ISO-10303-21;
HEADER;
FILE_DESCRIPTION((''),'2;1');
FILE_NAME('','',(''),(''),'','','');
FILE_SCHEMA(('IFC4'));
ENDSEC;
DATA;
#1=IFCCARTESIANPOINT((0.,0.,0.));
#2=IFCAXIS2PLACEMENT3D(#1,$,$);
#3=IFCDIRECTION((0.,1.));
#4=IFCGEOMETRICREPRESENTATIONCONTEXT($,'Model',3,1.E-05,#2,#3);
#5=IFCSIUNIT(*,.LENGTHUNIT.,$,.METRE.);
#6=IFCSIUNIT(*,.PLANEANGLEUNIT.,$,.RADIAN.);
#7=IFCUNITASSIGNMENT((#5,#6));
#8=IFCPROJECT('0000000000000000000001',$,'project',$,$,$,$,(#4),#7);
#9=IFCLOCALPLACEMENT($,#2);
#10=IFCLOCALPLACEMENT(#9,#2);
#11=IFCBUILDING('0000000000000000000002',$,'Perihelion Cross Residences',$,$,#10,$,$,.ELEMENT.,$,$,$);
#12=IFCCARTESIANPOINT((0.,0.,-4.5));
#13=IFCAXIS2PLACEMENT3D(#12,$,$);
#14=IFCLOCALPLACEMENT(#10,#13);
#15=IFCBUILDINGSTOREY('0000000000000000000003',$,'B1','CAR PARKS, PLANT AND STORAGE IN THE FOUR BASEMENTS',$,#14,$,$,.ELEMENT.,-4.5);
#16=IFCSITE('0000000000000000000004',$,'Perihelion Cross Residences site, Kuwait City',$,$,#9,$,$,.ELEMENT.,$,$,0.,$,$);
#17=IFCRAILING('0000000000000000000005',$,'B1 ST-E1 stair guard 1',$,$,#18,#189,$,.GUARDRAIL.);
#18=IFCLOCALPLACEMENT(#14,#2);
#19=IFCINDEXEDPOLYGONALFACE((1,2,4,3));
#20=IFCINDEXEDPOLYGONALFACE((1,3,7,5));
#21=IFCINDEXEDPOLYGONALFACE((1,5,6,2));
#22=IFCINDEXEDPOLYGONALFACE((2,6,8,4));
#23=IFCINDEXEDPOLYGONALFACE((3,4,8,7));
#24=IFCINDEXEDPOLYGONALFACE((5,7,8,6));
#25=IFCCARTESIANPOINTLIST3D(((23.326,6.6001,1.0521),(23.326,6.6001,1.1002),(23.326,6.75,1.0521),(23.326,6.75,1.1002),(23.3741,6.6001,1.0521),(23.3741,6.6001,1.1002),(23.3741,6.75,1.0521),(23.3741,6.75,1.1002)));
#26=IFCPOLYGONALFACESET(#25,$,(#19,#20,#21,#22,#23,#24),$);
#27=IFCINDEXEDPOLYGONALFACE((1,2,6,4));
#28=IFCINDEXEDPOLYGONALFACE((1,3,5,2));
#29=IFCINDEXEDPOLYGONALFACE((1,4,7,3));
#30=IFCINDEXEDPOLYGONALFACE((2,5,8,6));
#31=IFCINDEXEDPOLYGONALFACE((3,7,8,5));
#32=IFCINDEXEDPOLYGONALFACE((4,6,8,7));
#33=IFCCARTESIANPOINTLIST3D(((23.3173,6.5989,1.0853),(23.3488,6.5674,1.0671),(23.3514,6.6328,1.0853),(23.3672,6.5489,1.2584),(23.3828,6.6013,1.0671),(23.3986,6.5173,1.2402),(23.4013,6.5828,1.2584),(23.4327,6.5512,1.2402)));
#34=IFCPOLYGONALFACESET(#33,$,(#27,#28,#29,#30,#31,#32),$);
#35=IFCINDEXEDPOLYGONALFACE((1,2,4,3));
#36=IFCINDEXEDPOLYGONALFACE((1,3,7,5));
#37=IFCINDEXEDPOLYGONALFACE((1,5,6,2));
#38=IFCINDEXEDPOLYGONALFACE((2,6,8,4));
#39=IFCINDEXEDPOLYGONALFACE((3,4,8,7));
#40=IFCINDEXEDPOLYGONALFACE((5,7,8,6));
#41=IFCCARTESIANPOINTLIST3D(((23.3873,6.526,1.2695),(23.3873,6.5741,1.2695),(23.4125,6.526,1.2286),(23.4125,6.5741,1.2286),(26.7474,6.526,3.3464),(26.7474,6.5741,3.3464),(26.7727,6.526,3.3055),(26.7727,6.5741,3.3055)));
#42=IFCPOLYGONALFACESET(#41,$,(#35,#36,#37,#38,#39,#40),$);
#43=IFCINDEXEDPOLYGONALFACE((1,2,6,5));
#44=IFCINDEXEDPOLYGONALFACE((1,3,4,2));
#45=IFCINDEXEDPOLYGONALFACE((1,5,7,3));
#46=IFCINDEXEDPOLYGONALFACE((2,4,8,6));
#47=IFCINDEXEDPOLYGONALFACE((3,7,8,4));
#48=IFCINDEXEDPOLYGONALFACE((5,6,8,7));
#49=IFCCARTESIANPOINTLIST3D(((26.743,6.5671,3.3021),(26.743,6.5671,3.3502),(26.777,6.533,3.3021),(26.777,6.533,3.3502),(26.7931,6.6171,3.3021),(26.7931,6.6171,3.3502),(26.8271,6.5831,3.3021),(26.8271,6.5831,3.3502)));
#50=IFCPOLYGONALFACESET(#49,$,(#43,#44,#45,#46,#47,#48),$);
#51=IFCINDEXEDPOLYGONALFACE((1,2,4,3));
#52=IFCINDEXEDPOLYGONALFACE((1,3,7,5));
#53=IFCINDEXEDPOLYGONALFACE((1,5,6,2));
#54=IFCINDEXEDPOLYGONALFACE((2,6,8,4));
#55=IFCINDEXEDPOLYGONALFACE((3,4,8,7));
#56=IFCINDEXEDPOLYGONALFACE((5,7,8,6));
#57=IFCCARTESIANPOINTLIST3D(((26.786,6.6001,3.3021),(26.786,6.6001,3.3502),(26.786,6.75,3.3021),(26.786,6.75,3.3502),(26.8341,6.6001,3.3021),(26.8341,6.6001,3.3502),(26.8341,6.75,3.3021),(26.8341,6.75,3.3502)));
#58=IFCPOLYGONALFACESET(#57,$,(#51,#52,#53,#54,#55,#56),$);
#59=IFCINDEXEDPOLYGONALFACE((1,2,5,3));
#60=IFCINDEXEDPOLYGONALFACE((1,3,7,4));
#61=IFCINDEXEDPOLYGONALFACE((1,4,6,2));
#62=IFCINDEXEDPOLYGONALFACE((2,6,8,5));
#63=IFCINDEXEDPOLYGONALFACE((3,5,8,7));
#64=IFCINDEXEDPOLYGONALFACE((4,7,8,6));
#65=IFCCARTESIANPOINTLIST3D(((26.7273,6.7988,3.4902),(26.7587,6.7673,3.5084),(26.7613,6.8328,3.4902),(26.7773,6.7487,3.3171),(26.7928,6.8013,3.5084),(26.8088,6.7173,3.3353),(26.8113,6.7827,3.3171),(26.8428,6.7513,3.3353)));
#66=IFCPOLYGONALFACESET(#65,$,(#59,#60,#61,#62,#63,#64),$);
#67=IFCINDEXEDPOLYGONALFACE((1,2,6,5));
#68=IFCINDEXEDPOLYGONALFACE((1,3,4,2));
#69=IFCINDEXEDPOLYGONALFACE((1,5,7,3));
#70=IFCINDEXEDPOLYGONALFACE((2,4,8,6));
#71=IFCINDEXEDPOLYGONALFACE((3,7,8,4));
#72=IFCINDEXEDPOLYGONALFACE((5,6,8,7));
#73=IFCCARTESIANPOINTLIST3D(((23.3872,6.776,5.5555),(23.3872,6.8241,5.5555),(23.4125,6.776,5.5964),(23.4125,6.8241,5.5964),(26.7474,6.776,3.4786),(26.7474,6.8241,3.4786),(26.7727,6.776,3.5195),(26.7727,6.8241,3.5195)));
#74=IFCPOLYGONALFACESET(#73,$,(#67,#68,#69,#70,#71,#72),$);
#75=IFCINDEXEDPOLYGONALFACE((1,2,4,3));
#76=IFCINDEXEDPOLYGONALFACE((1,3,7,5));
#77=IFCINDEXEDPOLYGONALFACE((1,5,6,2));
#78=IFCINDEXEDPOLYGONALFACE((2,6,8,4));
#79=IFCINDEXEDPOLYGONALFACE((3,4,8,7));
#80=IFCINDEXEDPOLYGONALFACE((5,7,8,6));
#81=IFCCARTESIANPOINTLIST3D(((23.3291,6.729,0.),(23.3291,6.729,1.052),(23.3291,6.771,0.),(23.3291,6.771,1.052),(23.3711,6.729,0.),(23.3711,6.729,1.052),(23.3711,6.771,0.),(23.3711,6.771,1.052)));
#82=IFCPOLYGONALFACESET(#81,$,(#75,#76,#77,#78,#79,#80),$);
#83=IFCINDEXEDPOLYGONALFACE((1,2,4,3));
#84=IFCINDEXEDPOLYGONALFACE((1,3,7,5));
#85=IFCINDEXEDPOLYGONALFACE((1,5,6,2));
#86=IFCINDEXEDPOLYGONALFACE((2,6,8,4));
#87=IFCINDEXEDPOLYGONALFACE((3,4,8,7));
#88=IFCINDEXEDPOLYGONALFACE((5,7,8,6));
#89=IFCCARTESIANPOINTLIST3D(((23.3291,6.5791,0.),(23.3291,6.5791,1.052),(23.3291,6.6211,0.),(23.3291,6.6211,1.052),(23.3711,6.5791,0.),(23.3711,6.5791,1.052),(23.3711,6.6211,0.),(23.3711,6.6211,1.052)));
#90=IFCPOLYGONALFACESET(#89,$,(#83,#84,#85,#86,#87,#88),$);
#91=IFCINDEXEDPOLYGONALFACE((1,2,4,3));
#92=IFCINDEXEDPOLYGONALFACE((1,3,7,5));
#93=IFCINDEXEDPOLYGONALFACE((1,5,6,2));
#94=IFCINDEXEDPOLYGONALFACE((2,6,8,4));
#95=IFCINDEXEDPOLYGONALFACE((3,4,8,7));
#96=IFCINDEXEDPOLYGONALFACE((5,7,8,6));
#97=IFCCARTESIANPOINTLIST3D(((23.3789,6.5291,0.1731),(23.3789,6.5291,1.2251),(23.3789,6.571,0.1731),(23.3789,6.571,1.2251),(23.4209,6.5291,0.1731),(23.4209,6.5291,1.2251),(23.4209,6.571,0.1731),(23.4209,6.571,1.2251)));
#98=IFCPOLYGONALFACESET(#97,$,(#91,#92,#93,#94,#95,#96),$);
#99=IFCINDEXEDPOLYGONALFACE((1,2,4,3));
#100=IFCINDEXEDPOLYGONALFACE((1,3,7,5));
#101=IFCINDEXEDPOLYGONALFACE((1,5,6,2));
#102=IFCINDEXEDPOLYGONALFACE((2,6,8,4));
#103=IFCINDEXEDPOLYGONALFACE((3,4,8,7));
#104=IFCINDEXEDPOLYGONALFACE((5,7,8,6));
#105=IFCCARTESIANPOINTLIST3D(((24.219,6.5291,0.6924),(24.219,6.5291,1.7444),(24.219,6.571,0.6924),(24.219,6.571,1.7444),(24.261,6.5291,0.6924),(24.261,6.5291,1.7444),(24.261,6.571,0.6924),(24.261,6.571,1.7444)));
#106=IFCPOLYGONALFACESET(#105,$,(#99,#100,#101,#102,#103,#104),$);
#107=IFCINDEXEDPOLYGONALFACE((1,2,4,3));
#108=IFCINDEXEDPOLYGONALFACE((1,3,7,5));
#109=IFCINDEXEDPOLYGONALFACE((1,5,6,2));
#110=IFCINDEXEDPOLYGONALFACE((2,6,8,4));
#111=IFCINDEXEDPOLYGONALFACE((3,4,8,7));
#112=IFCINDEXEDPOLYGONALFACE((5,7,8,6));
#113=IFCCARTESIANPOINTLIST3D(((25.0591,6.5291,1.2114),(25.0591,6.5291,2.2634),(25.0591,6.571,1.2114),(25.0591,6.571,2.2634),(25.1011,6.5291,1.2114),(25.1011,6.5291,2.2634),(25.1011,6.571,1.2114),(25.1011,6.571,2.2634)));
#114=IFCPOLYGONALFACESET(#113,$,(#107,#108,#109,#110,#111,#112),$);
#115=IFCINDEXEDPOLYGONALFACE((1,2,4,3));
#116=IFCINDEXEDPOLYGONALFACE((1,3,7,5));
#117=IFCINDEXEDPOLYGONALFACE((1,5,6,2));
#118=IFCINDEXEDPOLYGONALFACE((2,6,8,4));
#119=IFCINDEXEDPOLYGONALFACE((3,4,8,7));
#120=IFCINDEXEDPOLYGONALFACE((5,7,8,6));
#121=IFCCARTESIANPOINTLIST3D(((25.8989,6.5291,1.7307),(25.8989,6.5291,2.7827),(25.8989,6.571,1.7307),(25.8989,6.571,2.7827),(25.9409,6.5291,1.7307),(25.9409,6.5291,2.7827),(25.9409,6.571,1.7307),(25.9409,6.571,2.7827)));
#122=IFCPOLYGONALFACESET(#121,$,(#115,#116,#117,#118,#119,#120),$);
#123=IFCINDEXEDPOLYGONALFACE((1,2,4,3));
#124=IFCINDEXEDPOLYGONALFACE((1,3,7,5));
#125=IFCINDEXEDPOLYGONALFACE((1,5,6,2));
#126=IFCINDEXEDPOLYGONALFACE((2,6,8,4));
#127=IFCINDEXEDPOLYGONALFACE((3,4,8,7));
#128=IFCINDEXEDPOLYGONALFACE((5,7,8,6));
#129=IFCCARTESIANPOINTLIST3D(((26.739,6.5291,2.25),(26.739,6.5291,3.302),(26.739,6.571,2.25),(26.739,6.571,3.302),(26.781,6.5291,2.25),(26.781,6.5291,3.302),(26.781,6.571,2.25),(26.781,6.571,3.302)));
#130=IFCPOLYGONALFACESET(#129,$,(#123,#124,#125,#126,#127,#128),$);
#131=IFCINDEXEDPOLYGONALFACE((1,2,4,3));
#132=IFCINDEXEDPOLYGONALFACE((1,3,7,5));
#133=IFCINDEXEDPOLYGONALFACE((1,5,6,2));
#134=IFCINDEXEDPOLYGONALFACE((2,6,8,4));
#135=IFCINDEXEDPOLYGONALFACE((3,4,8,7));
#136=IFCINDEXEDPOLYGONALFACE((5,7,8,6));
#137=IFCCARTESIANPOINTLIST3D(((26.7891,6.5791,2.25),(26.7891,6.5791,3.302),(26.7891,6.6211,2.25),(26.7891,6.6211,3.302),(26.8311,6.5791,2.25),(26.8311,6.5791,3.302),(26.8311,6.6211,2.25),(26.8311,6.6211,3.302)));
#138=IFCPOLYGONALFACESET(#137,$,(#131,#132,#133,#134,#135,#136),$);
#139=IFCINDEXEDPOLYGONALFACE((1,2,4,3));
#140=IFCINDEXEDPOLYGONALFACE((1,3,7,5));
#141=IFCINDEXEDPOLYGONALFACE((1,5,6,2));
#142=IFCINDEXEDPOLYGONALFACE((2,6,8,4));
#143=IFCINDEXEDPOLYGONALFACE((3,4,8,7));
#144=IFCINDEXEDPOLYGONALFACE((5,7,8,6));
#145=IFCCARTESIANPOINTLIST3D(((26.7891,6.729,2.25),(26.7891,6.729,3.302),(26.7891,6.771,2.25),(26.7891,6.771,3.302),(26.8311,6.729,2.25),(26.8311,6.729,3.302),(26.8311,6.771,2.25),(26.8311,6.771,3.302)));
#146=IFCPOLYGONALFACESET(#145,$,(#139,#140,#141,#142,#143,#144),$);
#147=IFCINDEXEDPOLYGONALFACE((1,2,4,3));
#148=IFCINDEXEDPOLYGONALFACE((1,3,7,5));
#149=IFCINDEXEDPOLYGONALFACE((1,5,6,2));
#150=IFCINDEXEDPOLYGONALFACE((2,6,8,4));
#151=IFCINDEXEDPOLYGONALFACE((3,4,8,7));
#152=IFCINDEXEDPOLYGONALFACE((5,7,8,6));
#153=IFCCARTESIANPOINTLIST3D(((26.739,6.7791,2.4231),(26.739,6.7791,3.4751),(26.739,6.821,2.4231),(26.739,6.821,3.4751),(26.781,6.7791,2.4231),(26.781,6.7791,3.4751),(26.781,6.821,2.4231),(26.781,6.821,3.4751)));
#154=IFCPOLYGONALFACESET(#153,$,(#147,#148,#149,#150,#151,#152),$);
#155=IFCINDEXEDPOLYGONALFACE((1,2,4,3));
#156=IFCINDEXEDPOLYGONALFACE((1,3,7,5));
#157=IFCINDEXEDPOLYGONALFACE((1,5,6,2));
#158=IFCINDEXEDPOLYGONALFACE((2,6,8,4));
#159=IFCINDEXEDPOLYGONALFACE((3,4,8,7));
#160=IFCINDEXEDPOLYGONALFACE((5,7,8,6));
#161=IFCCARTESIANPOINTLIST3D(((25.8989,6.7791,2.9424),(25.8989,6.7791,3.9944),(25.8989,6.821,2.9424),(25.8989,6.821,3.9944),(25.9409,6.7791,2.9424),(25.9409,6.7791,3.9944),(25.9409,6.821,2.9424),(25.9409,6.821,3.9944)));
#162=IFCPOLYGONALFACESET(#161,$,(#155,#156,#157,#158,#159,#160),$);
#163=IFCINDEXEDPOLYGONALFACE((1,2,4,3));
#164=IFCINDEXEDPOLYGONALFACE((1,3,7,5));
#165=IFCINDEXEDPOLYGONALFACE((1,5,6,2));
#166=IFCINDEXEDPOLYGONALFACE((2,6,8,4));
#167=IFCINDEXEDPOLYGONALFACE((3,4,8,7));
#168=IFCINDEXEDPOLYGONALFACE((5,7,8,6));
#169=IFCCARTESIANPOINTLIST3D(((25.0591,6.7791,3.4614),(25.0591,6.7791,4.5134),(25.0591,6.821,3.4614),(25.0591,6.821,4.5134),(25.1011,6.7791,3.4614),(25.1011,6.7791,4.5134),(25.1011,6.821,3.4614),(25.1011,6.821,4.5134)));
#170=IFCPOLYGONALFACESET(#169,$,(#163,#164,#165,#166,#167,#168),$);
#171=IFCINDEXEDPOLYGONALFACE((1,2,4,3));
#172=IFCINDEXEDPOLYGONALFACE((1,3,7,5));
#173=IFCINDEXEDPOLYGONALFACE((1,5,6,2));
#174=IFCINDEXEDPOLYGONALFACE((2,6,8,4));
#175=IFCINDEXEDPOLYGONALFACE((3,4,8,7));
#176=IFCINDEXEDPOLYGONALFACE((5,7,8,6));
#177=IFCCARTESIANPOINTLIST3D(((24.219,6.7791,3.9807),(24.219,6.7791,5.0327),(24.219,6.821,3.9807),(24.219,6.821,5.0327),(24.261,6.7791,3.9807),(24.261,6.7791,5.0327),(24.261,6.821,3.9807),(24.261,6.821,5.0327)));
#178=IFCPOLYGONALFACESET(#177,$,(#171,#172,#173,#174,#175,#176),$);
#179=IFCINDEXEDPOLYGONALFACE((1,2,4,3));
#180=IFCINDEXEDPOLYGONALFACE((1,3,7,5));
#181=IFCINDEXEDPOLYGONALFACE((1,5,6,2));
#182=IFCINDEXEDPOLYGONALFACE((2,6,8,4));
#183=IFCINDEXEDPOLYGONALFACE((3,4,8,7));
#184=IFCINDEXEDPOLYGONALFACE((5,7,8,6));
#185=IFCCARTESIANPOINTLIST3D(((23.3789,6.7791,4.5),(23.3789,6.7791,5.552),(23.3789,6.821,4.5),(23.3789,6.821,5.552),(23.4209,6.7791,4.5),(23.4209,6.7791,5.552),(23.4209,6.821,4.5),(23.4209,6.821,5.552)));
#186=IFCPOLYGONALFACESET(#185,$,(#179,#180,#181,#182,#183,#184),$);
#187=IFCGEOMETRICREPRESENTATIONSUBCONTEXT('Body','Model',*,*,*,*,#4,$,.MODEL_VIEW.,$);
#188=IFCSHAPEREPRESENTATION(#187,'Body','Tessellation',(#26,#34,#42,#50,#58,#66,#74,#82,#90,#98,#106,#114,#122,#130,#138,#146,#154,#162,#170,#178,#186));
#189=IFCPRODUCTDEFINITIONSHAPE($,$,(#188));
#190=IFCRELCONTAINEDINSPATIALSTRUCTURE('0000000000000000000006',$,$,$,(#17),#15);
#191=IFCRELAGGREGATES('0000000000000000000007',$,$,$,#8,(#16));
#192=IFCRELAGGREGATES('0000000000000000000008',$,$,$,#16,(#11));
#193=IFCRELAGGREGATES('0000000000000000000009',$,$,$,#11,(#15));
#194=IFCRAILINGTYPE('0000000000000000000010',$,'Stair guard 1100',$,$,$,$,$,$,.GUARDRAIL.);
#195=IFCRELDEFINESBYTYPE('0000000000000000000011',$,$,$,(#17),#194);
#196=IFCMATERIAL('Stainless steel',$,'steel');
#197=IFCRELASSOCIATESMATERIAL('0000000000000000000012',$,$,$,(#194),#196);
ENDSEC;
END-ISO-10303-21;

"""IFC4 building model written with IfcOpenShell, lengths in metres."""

from ifc_helpers import new_model, si_unit, direction, frame, origin, origin_2d, place, context, subcontext, project, spatial, rectangle, extrude, material, type_object, element, save


model = new_model("IFC4")

# Units and contexts
model_context = context("Model", 3, precision=1e-05, world=origin(), true_north=direction((0.0, 1.0)))
body_context = subcontext(model_context, "Body", "Model", "MODEL_VIEW")
ifc_project = project(units=[si_unit("LENGTHUNIT", "METRE"), si_unit("PLANEANGLEUNIT", "RADIAN")], contexts=[model_context])

# Site, building, storey
site_placement = place(None, origin())
site = spatial("IfcSite", under=ifc_project, at=site_placement, Name="Perihelion Cross Residences site, Kuwait City", CompositionType="ELEMENT", RefElevation=0.0)
building_placement = place(site_placement, origin())
building = spatial("IfcBuilding", under=site, at=building_placement, Name="Perihelion Cross Residences", CompositionType="ELEMENT")
storey_placement = place(building_placement, frame((0.0, 0.0, -4.5)))
storey = spatial("IfcBuildingStorey", under=building, at=storey_placement, Name="B1", Description="CAR PARKS, PLANT AND STORAGE IN THE FOUR BASEMENTS", CompositionType="ELEMENT", Elevation=-4.5)

# Railing
ifc_material_1 = material(Name="Stainless steel", Category="steel")
railing_type = type_object("IfcRailingType", Name="Stair guard 1100", PredefinedType="GUARDRAIL", material=ifc_material_1)
railing_placement = place(storey_placement, frame((23.3501, 6.75, 0.0)))
element("IfcRailing", 1, at=railing_placement, inside=storey, type_object=railing_type, Name="B1 ST-E1 stair guard 1", PredefinedType="GUARDRAIL", context=body_context, shape_type="SweptSolid", body=[
    extrude(rectangle(XDim=0.0481, YDim=0.0481, at=origin_2d()), frame((0.0, 0.0, 1.0762), z_axis=(0.0, -1.0, 0.0), x_axis=(1.0, 0.0, 0.0)), (0.0, 0.0, 1.0), 0.1499),
    extrude(rectangle(XDim=0.0481, YDim=0.0481, at=origin_2d()), frame((0.0, -0.1499, 1.0762), z_axis=(0.266417, -0.267723, 0.92593), x_axis=(0.708834, 0.705376, 0.0)), (0.0, 0.0, 1.0), 0.187),
    extrude(rectangle(XDim=0.0481, YDim=0.0481, at=origin_2d()), frame((0.0498, -0.2, 1.249), z_axis=(0.850623, 0.0, 0.525776), x_axis=(0.0, 1.0, 0.0)), (0.0, 0.0, 1.0), 3.9502),
    extrude(rectangle(XDim=0.0481, YDim=0.0481, at=origin_2d()), frame((3.4099, -0.2, 3.3262), z_axis=(0.707107, 0.707107, 0.0), x_axis=(-0.707107, 0.707107, 0.0)), (0.0, 0.0, 1.0), 0.0708),
    extrude(rectangle(XDim=0.0481, YDim=0.0481, at=origin_2d()), frame((3.46, -0.1499, 3.3262), z_axis=(0.0, 1.0, 0.0), x_axis=(-1.0, 0.0, 0.0)), (0.0, 0.0, 1.0), 0.1499),
    extrude(rectangle(XDim=0.0481, YDim=0.0481, at=origin_2d()), frame((3.46, 0.0, 3.3262), z_axis=(-0.26763, 0.26763, 0.925607), x_axis=(-0.707107, -0.707107, 0.0)), (0.0, 0.0, 1.0), 0.187),
    extrude(rectangle(XDim=0.0481, YDim=0.0481, at=origin_2d()), frame((3.4099, 0.05, 3.499), z_axis=(-0.850623, 0.0, 0.525776), x_axis=(0.0, -1.0, 0.0)), (0.0, 0.0, 1.0), 3.9502),
    extrude(rectangle(XDim=0.042, YDim=0.042, at=origin_2d()), origin(), (0.0, 0.0, 1.0), 1.052),
    extrude(rectangle(XDim=0.042, YDim=0.042, at=origin_2d()), frame((0.0, -0.1499, 0.0)), (0.0, 0.0, 1.0), 1.052),
    extrude(rectangle(XDim=0.042, YDim=0.042, at=origin_2d()), frame((0.0498, -0.2, 0.1731)), (0.0, 0.0, 1.0), 1.052),
    extrude(rectangle(XDim=0.042, YDim=0.042, at=origin_2d()), frame((0.8899, -0.2, 0.6924)), (0.0, 0.0, 1.0), 1.052),
    extrude(rectangle(XDim=0.042, YDim=0.042, at=origin_2d()), frame((1.73, -0.2, 1.2114)), (0.0, 0.0, 1.0), 1.052),
    extrude(rectangle(XDim=0.042, YDim=0.042, at=origin_2d()), frame((2.5698, -0.2, 1.7307)), (0.0, 0.0, 1.0), 1.052),
    extrude(rectangle(XDim=0.042, YDim=0.042, at=origin_2d()), frame((3.4099, -0.2, 2.25)), (0.0, 0.0, 1.0), 1.052),
    extrude(rectangle(XDim=0.042, YDim=0.042, at=origin_2d()), frame((3.46, -0.1499, 2.25)), (0.0, 0.0, 1.0), 1.052),
    extrude(rectangle(XDim=0.042, YDim=0.042, at=origin_2d()), frame((3.46, 0.0, 2.25)), (0.0, 0.0, 1.0), 1.052),
    extrude(rectangle(XDim=0.042, YDim=0.042, at=origin_2d()), frame((3.4099, 0.05, 2.4231)), (0.0, 0.0, 1.0), 1.052),
    extrude(rectangle(XDim=0.042, YDim=0.042, at=origin_2d()), frame((2.5698, 0.05, 2.9424)), (0.0, 0.0, 1.0), 1.052),
    extrude(rectangle(XDim=0.042, YDim=0.042, at=origin_2d()), frame((1.73, 0.05, 3.4614)), (0.0, 0.0, 1.0), 1.052),
    extrude(rectangle(XDim=0.042, YDim=0.042, at=origin_2d()), frame((0.8899, 0.05, 3.9807)), (0.0, 0.0, 1.0), 1.052),
    extrude(rectangle(XDim=0.042, YDim=0.042, at=origin_2d()), frame((0.0498, 0.05, 4.5)), (0.0, 0.0, 1.0), 1.052),
])

save(model, "model.ifc")
